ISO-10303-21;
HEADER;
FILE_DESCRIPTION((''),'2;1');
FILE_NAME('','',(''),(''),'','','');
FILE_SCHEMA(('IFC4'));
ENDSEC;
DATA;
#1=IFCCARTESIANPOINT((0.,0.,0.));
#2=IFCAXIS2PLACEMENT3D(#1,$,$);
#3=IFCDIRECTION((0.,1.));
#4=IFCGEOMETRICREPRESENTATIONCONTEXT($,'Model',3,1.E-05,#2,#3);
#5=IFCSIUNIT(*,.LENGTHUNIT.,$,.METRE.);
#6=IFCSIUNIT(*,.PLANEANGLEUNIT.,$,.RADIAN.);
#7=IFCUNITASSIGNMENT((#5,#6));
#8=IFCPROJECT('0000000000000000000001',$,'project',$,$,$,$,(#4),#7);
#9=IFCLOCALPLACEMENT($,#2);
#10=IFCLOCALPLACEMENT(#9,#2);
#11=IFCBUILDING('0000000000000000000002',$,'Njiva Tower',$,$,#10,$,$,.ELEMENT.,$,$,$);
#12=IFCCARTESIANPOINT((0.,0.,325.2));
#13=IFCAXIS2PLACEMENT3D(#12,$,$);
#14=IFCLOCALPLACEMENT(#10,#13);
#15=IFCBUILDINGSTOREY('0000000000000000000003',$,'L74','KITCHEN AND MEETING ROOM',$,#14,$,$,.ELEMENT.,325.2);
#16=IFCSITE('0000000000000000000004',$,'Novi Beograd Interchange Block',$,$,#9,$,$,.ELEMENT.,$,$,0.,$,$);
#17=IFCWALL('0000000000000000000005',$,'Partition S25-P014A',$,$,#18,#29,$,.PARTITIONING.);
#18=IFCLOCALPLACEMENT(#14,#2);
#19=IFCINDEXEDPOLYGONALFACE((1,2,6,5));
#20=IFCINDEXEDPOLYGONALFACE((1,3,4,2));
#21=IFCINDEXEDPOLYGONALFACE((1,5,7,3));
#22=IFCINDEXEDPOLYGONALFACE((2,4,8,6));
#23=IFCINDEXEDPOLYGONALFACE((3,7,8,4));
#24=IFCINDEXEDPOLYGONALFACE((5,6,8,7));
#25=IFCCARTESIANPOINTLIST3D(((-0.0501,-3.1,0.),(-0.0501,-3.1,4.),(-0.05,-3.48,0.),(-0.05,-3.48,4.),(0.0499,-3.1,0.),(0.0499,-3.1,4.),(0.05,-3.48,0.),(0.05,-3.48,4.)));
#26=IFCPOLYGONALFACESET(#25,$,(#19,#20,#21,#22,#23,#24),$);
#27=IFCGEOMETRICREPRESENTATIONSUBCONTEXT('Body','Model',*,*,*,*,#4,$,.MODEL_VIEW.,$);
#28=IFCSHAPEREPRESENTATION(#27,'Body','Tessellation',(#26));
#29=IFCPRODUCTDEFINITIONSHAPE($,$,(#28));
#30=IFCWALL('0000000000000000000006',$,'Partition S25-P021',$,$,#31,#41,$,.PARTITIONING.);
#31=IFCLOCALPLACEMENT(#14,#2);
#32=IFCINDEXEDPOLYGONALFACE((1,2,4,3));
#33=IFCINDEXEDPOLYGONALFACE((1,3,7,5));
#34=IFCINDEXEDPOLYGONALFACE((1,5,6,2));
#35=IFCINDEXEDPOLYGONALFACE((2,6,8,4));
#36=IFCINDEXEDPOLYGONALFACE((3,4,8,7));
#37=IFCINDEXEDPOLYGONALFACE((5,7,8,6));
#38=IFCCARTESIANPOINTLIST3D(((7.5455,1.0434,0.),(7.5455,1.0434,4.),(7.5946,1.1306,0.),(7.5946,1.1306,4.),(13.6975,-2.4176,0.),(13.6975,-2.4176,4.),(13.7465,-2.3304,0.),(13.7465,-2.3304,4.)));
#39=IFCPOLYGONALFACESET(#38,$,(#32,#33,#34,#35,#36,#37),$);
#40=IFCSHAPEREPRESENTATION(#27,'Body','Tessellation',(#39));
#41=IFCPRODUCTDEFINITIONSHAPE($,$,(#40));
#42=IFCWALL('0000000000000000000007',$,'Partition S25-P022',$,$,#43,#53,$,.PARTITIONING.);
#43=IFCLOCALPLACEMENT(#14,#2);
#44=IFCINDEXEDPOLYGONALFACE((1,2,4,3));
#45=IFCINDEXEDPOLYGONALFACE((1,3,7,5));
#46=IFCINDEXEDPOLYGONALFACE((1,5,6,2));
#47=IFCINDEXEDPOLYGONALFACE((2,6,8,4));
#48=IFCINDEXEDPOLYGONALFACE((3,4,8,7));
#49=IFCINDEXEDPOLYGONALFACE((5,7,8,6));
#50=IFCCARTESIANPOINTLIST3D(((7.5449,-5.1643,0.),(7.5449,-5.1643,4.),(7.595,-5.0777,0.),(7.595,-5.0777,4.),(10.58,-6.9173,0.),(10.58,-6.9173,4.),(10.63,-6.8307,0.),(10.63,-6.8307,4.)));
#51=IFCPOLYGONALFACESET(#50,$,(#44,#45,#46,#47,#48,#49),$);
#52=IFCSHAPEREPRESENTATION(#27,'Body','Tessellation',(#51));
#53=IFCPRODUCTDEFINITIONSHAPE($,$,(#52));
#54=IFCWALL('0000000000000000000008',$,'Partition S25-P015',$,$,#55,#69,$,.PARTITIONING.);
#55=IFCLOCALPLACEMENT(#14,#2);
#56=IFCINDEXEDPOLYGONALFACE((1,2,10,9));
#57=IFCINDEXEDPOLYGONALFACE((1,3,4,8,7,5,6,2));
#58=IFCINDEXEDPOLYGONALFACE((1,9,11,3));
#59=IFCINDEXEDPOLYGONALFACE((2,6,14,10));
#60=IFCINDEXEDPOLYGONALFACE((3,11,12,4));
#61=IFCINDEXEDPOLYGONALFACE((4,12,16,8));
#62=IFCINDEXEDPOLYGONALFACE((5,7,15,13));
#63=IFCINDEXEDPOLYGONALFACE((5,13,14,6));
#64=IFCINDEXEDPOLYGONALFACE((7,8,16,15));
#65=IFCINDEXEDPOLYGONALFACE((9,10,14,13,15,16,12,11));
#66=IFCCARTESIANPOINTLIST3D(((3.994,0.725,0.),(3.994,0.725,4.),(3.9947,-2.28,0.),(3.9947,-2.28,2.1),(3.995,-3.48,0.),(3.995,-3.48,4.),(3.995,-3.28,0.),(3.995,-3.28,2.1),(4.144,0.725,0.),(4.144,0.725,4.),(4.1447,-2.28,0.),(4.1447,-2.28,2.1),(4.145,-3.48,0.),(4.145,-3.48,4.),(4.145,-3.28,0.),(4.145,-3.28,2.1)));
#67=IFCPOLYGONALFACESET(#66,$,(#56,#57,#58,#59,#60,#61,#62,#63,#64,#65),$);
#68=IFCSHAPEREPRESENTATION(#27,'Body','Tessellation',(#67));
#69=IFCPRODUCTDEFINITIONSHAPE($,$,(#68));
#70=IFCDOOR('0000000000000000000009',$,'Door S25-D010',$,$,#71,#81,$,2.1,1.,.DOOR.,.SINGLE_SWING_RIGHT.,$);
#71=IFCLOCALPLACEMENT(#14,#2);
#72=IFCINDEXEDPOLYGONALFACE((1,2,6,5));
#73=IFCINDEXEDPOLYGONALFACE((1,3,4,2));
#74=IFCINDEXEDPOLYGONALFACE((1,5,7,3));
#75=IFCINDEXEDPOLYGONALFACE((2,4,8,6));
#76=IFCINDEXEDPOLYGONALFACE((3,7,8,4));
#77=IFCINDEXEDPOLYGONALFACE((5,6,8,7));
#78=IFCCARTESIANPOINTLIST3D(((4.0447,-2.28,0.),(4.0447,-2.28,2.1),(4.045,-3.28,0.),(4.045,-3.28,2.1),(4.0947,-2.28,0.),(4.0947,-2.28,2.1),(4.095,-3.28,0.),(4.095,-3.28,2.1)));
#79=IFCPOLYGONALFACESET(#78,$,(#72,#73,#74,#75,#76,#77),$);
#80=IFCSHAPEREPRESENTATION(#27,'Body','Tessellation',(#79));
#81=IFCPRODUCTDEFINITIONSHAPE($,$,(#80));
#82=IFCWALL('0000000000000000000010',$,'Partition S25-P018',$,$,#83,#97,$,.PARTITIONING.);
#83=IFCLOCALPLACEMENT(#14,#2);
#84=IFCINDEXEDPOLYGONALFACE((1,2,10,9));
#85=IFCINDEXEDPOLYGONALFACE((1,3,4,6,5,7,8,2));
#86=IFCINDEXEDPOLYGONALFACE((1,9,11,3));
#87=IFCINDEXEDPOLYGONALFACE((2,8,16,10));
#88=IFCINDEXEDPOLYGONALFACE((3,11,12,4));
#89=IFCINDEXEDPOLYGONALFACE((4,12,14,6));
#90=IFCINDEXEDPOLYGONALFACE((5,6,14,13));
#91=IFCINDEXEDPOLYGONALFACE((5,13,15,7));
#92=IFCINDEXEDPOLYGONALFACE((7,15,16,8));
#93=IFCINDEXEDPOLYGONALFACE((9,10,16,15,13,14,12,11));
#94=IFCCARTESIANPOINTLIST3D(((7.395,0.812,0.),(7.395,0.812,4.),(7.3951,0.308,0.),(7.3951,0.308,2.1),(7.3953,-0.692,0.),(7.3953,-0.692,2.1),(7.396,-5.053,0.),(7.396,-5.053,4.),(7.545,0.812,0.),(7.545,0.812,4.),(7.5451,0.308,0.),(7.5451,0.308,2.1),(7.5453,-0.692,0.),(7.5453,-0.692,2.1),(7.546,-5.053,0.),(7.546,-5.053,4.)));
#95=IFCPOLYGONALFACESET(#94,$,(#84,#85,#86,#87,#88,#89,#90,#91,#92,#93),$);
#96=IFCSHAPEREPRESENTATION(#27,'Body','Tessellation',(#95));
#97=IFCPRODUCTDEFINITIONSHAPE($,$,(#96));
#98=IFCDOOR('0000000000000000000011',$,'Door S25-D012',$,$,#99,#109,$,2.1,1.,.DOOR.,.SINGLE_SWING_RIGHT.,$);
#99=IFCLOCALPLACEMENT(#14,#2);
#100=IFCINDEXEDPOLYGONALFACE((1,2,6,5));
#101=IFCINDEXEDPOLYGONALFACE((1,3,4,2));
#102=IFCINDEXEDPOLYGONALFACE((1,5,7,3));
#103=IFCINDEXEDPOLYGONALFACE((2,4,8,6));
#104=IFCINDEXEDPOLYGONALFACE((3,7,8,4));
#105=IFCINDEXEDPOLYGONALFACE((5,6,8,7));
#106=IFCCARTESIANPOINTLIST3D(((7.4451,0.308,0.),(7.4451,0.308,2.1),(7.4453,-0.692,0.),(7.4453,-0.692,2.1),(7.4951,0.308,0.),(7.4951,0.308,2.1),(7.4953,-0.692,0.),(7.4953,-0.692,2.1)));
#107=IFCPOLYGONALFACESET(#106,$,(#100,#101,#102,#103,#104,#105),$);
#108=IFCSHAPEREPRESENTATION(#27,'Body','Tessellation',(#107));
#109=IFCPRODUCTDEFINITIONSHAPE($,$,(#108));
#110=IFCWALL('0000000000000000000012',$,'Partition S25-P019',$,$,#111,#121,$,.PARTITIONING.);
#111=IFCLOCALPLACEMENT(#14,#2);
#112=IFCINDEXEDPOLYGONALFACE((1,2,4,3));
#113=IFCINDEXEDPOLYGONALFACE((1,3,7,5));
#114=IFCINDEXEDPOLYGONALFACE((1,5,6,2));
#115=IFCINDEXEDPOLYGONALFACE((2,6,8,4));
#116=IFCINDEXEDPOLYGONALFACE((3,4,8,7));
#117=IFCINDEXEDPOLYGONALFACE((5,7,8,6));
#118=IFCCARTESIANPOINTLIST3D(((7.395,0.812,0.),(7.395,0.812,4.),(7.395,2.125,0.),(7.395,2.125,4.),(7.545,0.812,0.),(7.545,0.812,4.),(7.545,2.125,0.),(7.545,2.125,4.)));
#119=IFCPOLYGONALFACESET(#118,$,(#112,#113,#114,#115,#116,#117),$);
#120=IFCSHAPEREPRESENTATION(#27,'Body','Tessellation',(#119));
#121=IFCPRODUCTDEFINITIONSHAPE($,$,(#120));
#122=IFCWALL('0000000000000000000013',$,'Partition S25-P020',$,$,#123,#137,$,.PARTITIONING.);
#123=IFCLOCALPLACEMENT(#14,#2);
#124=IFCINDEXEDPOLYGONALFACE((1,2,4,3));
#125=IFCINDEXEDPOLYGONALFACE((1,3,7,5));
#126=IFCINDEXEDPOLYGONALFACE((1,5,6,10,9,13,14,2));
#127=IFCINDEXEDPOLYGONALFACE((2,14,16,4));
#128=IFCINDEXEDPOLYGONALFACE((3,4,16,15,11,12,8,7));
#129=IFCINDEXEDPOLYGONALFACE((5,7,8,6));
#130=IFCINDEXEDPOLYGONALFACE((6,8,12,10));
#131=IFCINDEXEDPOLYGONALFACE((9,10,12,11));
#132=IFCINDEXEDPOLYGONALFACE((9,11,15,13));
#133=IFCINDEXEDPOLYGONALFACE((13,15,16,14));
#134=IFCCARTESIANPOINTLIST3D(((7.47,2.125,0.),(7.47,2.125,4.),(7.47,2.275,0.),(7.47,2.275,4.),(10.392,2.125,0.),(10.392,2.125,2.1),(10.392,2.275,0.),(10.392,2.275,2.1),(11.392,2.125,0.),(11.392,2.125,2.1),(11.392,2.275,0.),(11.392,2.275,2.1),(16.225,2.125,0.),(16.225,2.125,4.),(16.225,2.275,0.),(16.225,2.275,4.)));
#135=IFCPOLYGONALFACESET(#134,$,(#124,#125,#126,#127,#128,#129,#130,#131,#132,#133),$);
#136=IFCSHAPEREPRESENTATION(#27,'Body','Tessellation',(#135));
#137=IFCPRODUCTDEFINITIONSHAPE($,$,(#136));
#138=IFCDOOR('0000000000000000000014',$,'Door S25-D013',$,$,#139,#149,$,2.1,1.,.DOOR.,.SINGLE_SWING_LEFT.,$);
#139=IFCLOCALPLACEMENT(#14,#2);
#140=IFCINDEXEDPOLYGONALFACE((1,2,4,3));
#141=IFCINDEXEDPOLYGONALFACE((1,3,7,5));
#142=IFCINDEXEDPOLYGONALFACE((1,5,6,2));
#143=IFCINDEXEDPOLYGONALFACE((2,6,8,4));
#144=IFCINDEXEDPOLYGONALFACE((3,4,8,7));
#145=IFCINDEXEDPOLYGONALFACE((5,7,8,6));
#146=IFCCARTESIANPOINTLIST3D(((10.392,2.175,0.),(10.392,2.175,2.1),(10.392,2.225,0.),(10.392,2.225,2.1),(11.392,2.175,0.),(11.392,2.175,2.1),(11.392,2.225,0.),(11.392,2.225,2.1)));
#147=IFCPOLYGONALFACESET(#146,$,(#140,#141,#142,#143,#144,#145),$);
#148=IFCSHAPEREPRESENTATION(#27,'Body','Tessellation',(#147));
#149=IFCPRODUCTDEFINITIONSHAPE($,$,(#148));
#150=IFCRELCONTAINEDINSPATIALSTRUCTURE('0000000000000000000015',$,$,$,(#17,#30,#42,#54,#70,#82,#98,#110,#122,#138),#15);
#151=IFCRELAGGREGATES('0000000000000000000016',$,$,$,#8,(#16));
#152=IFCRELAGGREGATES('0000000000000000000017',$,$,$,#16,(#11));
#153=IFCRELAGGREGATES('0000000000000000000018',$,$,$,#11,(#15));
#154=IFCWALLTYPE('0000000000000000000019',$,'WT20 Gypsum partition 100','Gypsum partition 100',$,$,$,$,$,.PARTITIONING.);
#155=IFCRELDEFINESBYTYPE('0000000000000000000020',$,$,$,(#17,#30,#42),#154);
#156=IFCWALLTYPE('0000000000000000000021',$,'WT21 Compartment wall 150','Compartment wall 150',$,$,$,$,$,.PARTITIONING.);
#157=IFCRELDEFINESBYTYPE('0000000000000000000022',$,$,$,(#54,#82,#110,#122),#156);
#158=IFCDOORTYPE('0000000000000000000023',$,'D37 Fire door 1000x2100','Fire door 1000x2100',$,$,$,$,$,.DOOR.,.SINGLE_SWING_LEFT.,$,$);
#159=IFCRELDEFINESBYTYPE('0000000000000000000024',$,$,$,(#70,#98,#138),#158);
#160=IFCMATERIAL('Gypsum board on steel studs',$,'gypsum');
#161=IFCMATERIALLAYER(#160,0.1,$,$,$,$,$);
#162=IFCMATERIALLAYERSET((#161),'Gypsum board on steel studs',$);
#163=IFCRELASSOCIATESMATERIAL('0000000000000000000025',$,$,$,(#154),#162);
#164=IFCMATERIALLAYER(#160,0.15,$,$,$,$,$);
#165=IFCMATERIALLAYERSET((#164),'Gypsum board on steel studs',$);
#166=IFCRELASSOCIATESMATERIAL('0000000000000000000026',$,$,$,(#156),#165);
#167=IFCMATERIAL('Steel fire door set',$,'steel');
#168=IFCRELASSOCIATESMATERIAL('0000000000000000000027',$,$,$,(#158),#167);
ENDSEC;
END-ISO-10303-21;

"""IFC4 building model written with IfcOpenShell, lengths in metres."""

from ifc_helpers import new_model, si_unit, direction, frame, frame_2d, origin, place, context, subcontext, project, spatial, rectangle, extrude, material, layer, layer_set, type_object, element, fill, save


model = new_model("IFC4")

# Units and contexts
model_context = context("Model", 3, precision=1e-05, world=origin(), true_north=direction((0.0, 1.0)))
body_context = subcontext(model_context, "Body", "Model", "MODEL_VIEW")
ifc_project = project(units=[si_unit("LENGTHUNIT", "METRE"), si_unit("PLANEANGLEUNIT", "RADIAN")], contexts=[model_context])

# Site, building, storey
site_placement = place(None, origin())
site = spatial("IfcSite", under=ifc_project, at=site_placement, Name="Novi Beograd Interchange Block", CompositionType="ELEMENT", RefElevation=0.0)
building_placement = place(site_placement, origin())
building = spatial("IfcBuilding", under=site, at=building_placement, Name="Njiva Tower", CompositionType="ELEMENT")
storey_placement = place(building_placement, frame((0.0, 0.0, 325.2)))
storey = spatial("IfcBuildingStorey", under=building, at=storey_placement, Name="L74", Description="KITCHEN AND MEETING ROOM", CompositionType="ELEMENT", Elevation=325.2)

# Walls
ifc_material_1 = material(Name="Gypsum board on steel studs", Category="gypsum")
ifc_layer_1 = layer(ifc_material_1, 0.1)
ifc_layer_set_1 = layer_set([ifc_layer_1], Name="Gypsum board on steel studs")
wall_type_1 = type_object("IfcWallType", Name="WT20 Gypsum partition 100", Description="Gypsum partition 100", PredefinedType="PARTITIONING", material=ifc_layer_set_1)
wall_1_placement = place(storey_placement, frame((-0.0001, -3.1, 0.0), z_axis=(0.0, 0.0, 1.0), x_axis=(0.000263, -1.0, 0.0)))
element("IfcWall", 1, at=wall_1_placement, inside=storey, type_object=wall_type_1, Name="Partition S25-P014A", PredefinedType="PARTITIONING", context=body_context, shape_type="SweptSolid", body=[
    extrude(rectangle(XDim=0.38, YDim=0.1, at=frame_2d((0.19, 0.0))), origin(), (0.0, 0.0, 1.0), 4.0),
])
wall_2_placement = place(storey_placement, frame((7.57, 1.087, 0.0), z_axis=(0.0, 0.0, 1.0), x_axis=(0.871545, -0.490315, 0.0)))
element("IfcWall", 2, at=wall_2_placement, inside=storey, type_object=wall_type_1, Name="Partition S25-P021", PredefinedType="PARTITIONING", context=body_context, shape_type="SweptSolid", body=[
    extrude(rectangle(XDim=7.0587, YDim=0.1, at=frame_2d((3.5294, 0.0))), origin(), (0.0, 0.0, 1.0), 4.0),
])
wall_3_placement = place(storey_placement, frame((7.57, -5.121, 0.0), z_axis=(0.0, 0.0, 1.0), x_axis=(0.865934, -0.500159, 0.0)))
element("IfcWall", 3, at=wall_3_placement, inside=storey, type_object=wall_type_1, Name="Partition S25-P022", PredefinedType="PARTITIONING", context=body_context, shape_type="SweptSolid", body=[
    extrude(rectangle(XDim=3.5049, YDim=0.1, at=frame_2d((1.7524, 0.0))), origin(), (0.0, 0.0, 1.0), 4.0),
])

# Walls, openings, doors
ifc_layer_2 = layer(ifc_material_1, 0.15)
ifc_layer_set_2 = layer_set([ifc_layer_2], Name="Gypsum board on steel studs")
wall_type_2 = type_object("IfcWallType", Name="WT21 Compartment wall 150", Description="Compartment wall 150", PredefinedType="PARTITIONING", material=ifc_layer_set_2)
wall_4_placement = place(storey_placement, frame((4.069, 0.725, 0.0), z_axis=(0.0, 0.0, 1.0), x_axis=(0.000238, -1.0, 0.0)))
wall_4 = element("IfcWall", 4, at=wall_4_placement, inside=storey, type_object=wall_type_2, Name="Partition S25-P015", PredefinedType="PARTITIONING", context=body_context, shape_type="SweptSolid", body=[
    extrude(rectangle(XDim=4.205, YDim=0.15, at=frame_2d((2.1025, 0.0))), origin(), (0.0, 0.0, 1.0), 4.0),
])
opening_1_placement = place(wall_4_placement, frame((3.005, 0.0, 0.0)))
opening_1 = element("IfcOpeningElement", 5, at=opening_1_placement, cuts=wall_4, PredefinedType="OPENING", context=body_context, shape_type="SweptSolid", body=[
    extrude(rectangle(XDim=1.0, YDim=2.1, at=frame_2d((0.5, 1.05))), frame((0.0, 0.085, 0.0), z_axis=(0.0, -1.0, 0.0), x_axis=(1.0, 0.0, 0.0)), (0.0, 0.0, 1.0), 0.17),
])
ifc_material_2 = material(Name="Steel fire door set", Category="steel")
door_type = type_object("IfcDoorType", Name="D37 Fire door 1000x2100", Description="Fire door 1000x2100", OperationType="SINGLE_SWING_LEFT", PredefinedType="DOOR", material=ifc_material_2)
door_1_placement = place(opening_1_placement, origin())
door_1 = element("IfcDoor", 6, at=door_1_placement, inside=storey, type_object=door_type, Name="Door S25-D010", OperationType="SINGLE_SWING_RIGHT", OverallHeight=2.1, OverallWidth=1.0, PredefinedType="DOOR", context=body_context, shape_type="SweptSolid", body=[
    extrude(rectangle(XDim=1.0, YDim=2.1, at=frame_2d((0.5, 1.05))), frame((0.0, 0.025, 0.0), z_axis=(0.0, -1.0, 0.0), x_axis=(1.0, 0.0, 0.0)), (0.0, 0.0, 1.0), 0.05),
])
fill(opening_1, door_1)
wall_5_placement = place(storey_placement, frame((7.47, 0.812, 0.0), z_axis=(0.0, 0.0, 1.0), x_axis=(0.000171, -1.0, 0.0)))
wall_5 = element("IfcWall", 7, at=wall_5_placement, inside=storey, type_object=wall_type_2, Name="Partition S25-P018", PredefinedType="PARTITIONING", context=body_context, shape_type="SweptSolid", body=[
    extrude(rectangle(XDim=5.865, YDim=0.15, at=frame_2d((2.9325, 0.0))), origin(), (0.0, 0.0, 1.0), 4.0),
])
opening_2_placement = place(wall_5_placement, frame((0.504, 0.0, 0.0)))
opening_2 = element("IfcOpeningElement", 8, at=opening_2_placement, cuts=wall_5, PredefinedType="OPENING", context=body_context, shape_type="SweptSolid", body=[
    extrude(rectangle(XDim=1.0, YDim=2.1, at=frame_2d((0.5, 1.05))), frame((0.0, 0.085, 0.0), z_axis=(0.0, -1.0, 0.0), x_axis=(1.0, 0.0, 0.0)), (0.0, 0.0, 1.0), 0.17),
])
door_2_placement = place(opening_2_placement, origin())
door_2 = element("IfcDoor", 9, at=door_2_placement, inside=storey, type_object=door_type, Name="Door S25-D012", OperationType="SINGLE_SWING_RIGHT", OverallHeight=2.1, OverallWidth=1.0, PredefinedType="DOOR", context=body_context, shape_type="SweptSolid", body=[
    extrude(rectangle(XDim=1.0, YDim=2.1, at=frame_2d((0.5, 1.05))), frame((0.0, 0.025, 0.0), z_axis=(0.0, -1.0, 0.0), x_axis=(1.0, 0.0, 0.0)), (0.0, 0.0, 1.0), 0.05),
])
fill(opening_2, door_2)

# Wall
wall_6_placement = place(storey_placement, frame((7.47, 0.812, 0.0), z_axis=(0.0, 0.0, 1.0), x_axis=(0.0, 1.0, 0.0)))
element("IfcWall", 10, at=wall_6_placement, inside=storey, type_object=wall_type_2, Name="Partition S25-P019", PredefinedType="PARTITIONING", context=body_context, shape_type="SweptSolid", body=[
    extrude(rectangle(XDim=1.313, YDim=0.15, at=frame_2d((0.6565, 0.0))), origin(), (0.0, 0.0, 1.0), 4.0),
])

# Wall, opening, door
wall_7_placement = place(storey_placement, frame((7.47, 2.2, 0.0), z_axis=(0.0, 0.0, 1.0), x_axis=(1.0, 0.0, 0.0)))
wall_7 = element("IfcWall", 11, at=wall_7_placement, inside=storey, type_object=wall_type_2, Name="Partition S25-P020", PredefinedType="PARTITIONING", context=body_context, shape_type="SweptSolid", body=[
    extrude(rectangle(XDim=8.755, YDim=0.15, at=frame_2d((4.3775, 0.0))), origin(), (0.0, 0.0, 1.0), 4.0),
])
opening_3_placement = place(wall_7_placement, frame((2.922, 0.0, 0.0)))
opening_3 = element("IfcOpeningElement", 12, at=opening_3_placement, cuts=wall_7, PredefinedType="OPENING", context=body_context, shape_type="SweptSolid", body=[
    extrude(rectangle(XDim=1.0, YDim=2.1, at=frame_2d((0.5, 1.05))), frame((0.0, 0.085, 0.0), z_axis=(0.0, -1.0, 0.0), x_axis=(1.0, 0.0, 0.0)), (0.0, 0.0, 1.0), 0.17),
])
door_3_placement = place(opening_3_placement, origin())
door_3 = element("IfcDoor", 13, at=door_3_placement, inside=storey, type_object=door_type, Name="Door S25-D013", OperationType="SINGLE_SWING_LEFT", OverallHeight=2.1, OverallWidth=1.0, PredefinedType="DOOR", context=body_context, shape_type="SweptSolid", body=[
    extrude(rectangle(XDim=1.0, YDim=2.1, at=frame_2d((0.5, 1.05))), frame((0.0, 0.025, 0.0), z_axis=(0.0, -1.0, 0.0), x_axis=(1.0, 0.0, 0.0)), (0.0, 0.0, 1.0), 0.05),
])
fill(opening_3, door_3)

save(model, "model.ifc")
